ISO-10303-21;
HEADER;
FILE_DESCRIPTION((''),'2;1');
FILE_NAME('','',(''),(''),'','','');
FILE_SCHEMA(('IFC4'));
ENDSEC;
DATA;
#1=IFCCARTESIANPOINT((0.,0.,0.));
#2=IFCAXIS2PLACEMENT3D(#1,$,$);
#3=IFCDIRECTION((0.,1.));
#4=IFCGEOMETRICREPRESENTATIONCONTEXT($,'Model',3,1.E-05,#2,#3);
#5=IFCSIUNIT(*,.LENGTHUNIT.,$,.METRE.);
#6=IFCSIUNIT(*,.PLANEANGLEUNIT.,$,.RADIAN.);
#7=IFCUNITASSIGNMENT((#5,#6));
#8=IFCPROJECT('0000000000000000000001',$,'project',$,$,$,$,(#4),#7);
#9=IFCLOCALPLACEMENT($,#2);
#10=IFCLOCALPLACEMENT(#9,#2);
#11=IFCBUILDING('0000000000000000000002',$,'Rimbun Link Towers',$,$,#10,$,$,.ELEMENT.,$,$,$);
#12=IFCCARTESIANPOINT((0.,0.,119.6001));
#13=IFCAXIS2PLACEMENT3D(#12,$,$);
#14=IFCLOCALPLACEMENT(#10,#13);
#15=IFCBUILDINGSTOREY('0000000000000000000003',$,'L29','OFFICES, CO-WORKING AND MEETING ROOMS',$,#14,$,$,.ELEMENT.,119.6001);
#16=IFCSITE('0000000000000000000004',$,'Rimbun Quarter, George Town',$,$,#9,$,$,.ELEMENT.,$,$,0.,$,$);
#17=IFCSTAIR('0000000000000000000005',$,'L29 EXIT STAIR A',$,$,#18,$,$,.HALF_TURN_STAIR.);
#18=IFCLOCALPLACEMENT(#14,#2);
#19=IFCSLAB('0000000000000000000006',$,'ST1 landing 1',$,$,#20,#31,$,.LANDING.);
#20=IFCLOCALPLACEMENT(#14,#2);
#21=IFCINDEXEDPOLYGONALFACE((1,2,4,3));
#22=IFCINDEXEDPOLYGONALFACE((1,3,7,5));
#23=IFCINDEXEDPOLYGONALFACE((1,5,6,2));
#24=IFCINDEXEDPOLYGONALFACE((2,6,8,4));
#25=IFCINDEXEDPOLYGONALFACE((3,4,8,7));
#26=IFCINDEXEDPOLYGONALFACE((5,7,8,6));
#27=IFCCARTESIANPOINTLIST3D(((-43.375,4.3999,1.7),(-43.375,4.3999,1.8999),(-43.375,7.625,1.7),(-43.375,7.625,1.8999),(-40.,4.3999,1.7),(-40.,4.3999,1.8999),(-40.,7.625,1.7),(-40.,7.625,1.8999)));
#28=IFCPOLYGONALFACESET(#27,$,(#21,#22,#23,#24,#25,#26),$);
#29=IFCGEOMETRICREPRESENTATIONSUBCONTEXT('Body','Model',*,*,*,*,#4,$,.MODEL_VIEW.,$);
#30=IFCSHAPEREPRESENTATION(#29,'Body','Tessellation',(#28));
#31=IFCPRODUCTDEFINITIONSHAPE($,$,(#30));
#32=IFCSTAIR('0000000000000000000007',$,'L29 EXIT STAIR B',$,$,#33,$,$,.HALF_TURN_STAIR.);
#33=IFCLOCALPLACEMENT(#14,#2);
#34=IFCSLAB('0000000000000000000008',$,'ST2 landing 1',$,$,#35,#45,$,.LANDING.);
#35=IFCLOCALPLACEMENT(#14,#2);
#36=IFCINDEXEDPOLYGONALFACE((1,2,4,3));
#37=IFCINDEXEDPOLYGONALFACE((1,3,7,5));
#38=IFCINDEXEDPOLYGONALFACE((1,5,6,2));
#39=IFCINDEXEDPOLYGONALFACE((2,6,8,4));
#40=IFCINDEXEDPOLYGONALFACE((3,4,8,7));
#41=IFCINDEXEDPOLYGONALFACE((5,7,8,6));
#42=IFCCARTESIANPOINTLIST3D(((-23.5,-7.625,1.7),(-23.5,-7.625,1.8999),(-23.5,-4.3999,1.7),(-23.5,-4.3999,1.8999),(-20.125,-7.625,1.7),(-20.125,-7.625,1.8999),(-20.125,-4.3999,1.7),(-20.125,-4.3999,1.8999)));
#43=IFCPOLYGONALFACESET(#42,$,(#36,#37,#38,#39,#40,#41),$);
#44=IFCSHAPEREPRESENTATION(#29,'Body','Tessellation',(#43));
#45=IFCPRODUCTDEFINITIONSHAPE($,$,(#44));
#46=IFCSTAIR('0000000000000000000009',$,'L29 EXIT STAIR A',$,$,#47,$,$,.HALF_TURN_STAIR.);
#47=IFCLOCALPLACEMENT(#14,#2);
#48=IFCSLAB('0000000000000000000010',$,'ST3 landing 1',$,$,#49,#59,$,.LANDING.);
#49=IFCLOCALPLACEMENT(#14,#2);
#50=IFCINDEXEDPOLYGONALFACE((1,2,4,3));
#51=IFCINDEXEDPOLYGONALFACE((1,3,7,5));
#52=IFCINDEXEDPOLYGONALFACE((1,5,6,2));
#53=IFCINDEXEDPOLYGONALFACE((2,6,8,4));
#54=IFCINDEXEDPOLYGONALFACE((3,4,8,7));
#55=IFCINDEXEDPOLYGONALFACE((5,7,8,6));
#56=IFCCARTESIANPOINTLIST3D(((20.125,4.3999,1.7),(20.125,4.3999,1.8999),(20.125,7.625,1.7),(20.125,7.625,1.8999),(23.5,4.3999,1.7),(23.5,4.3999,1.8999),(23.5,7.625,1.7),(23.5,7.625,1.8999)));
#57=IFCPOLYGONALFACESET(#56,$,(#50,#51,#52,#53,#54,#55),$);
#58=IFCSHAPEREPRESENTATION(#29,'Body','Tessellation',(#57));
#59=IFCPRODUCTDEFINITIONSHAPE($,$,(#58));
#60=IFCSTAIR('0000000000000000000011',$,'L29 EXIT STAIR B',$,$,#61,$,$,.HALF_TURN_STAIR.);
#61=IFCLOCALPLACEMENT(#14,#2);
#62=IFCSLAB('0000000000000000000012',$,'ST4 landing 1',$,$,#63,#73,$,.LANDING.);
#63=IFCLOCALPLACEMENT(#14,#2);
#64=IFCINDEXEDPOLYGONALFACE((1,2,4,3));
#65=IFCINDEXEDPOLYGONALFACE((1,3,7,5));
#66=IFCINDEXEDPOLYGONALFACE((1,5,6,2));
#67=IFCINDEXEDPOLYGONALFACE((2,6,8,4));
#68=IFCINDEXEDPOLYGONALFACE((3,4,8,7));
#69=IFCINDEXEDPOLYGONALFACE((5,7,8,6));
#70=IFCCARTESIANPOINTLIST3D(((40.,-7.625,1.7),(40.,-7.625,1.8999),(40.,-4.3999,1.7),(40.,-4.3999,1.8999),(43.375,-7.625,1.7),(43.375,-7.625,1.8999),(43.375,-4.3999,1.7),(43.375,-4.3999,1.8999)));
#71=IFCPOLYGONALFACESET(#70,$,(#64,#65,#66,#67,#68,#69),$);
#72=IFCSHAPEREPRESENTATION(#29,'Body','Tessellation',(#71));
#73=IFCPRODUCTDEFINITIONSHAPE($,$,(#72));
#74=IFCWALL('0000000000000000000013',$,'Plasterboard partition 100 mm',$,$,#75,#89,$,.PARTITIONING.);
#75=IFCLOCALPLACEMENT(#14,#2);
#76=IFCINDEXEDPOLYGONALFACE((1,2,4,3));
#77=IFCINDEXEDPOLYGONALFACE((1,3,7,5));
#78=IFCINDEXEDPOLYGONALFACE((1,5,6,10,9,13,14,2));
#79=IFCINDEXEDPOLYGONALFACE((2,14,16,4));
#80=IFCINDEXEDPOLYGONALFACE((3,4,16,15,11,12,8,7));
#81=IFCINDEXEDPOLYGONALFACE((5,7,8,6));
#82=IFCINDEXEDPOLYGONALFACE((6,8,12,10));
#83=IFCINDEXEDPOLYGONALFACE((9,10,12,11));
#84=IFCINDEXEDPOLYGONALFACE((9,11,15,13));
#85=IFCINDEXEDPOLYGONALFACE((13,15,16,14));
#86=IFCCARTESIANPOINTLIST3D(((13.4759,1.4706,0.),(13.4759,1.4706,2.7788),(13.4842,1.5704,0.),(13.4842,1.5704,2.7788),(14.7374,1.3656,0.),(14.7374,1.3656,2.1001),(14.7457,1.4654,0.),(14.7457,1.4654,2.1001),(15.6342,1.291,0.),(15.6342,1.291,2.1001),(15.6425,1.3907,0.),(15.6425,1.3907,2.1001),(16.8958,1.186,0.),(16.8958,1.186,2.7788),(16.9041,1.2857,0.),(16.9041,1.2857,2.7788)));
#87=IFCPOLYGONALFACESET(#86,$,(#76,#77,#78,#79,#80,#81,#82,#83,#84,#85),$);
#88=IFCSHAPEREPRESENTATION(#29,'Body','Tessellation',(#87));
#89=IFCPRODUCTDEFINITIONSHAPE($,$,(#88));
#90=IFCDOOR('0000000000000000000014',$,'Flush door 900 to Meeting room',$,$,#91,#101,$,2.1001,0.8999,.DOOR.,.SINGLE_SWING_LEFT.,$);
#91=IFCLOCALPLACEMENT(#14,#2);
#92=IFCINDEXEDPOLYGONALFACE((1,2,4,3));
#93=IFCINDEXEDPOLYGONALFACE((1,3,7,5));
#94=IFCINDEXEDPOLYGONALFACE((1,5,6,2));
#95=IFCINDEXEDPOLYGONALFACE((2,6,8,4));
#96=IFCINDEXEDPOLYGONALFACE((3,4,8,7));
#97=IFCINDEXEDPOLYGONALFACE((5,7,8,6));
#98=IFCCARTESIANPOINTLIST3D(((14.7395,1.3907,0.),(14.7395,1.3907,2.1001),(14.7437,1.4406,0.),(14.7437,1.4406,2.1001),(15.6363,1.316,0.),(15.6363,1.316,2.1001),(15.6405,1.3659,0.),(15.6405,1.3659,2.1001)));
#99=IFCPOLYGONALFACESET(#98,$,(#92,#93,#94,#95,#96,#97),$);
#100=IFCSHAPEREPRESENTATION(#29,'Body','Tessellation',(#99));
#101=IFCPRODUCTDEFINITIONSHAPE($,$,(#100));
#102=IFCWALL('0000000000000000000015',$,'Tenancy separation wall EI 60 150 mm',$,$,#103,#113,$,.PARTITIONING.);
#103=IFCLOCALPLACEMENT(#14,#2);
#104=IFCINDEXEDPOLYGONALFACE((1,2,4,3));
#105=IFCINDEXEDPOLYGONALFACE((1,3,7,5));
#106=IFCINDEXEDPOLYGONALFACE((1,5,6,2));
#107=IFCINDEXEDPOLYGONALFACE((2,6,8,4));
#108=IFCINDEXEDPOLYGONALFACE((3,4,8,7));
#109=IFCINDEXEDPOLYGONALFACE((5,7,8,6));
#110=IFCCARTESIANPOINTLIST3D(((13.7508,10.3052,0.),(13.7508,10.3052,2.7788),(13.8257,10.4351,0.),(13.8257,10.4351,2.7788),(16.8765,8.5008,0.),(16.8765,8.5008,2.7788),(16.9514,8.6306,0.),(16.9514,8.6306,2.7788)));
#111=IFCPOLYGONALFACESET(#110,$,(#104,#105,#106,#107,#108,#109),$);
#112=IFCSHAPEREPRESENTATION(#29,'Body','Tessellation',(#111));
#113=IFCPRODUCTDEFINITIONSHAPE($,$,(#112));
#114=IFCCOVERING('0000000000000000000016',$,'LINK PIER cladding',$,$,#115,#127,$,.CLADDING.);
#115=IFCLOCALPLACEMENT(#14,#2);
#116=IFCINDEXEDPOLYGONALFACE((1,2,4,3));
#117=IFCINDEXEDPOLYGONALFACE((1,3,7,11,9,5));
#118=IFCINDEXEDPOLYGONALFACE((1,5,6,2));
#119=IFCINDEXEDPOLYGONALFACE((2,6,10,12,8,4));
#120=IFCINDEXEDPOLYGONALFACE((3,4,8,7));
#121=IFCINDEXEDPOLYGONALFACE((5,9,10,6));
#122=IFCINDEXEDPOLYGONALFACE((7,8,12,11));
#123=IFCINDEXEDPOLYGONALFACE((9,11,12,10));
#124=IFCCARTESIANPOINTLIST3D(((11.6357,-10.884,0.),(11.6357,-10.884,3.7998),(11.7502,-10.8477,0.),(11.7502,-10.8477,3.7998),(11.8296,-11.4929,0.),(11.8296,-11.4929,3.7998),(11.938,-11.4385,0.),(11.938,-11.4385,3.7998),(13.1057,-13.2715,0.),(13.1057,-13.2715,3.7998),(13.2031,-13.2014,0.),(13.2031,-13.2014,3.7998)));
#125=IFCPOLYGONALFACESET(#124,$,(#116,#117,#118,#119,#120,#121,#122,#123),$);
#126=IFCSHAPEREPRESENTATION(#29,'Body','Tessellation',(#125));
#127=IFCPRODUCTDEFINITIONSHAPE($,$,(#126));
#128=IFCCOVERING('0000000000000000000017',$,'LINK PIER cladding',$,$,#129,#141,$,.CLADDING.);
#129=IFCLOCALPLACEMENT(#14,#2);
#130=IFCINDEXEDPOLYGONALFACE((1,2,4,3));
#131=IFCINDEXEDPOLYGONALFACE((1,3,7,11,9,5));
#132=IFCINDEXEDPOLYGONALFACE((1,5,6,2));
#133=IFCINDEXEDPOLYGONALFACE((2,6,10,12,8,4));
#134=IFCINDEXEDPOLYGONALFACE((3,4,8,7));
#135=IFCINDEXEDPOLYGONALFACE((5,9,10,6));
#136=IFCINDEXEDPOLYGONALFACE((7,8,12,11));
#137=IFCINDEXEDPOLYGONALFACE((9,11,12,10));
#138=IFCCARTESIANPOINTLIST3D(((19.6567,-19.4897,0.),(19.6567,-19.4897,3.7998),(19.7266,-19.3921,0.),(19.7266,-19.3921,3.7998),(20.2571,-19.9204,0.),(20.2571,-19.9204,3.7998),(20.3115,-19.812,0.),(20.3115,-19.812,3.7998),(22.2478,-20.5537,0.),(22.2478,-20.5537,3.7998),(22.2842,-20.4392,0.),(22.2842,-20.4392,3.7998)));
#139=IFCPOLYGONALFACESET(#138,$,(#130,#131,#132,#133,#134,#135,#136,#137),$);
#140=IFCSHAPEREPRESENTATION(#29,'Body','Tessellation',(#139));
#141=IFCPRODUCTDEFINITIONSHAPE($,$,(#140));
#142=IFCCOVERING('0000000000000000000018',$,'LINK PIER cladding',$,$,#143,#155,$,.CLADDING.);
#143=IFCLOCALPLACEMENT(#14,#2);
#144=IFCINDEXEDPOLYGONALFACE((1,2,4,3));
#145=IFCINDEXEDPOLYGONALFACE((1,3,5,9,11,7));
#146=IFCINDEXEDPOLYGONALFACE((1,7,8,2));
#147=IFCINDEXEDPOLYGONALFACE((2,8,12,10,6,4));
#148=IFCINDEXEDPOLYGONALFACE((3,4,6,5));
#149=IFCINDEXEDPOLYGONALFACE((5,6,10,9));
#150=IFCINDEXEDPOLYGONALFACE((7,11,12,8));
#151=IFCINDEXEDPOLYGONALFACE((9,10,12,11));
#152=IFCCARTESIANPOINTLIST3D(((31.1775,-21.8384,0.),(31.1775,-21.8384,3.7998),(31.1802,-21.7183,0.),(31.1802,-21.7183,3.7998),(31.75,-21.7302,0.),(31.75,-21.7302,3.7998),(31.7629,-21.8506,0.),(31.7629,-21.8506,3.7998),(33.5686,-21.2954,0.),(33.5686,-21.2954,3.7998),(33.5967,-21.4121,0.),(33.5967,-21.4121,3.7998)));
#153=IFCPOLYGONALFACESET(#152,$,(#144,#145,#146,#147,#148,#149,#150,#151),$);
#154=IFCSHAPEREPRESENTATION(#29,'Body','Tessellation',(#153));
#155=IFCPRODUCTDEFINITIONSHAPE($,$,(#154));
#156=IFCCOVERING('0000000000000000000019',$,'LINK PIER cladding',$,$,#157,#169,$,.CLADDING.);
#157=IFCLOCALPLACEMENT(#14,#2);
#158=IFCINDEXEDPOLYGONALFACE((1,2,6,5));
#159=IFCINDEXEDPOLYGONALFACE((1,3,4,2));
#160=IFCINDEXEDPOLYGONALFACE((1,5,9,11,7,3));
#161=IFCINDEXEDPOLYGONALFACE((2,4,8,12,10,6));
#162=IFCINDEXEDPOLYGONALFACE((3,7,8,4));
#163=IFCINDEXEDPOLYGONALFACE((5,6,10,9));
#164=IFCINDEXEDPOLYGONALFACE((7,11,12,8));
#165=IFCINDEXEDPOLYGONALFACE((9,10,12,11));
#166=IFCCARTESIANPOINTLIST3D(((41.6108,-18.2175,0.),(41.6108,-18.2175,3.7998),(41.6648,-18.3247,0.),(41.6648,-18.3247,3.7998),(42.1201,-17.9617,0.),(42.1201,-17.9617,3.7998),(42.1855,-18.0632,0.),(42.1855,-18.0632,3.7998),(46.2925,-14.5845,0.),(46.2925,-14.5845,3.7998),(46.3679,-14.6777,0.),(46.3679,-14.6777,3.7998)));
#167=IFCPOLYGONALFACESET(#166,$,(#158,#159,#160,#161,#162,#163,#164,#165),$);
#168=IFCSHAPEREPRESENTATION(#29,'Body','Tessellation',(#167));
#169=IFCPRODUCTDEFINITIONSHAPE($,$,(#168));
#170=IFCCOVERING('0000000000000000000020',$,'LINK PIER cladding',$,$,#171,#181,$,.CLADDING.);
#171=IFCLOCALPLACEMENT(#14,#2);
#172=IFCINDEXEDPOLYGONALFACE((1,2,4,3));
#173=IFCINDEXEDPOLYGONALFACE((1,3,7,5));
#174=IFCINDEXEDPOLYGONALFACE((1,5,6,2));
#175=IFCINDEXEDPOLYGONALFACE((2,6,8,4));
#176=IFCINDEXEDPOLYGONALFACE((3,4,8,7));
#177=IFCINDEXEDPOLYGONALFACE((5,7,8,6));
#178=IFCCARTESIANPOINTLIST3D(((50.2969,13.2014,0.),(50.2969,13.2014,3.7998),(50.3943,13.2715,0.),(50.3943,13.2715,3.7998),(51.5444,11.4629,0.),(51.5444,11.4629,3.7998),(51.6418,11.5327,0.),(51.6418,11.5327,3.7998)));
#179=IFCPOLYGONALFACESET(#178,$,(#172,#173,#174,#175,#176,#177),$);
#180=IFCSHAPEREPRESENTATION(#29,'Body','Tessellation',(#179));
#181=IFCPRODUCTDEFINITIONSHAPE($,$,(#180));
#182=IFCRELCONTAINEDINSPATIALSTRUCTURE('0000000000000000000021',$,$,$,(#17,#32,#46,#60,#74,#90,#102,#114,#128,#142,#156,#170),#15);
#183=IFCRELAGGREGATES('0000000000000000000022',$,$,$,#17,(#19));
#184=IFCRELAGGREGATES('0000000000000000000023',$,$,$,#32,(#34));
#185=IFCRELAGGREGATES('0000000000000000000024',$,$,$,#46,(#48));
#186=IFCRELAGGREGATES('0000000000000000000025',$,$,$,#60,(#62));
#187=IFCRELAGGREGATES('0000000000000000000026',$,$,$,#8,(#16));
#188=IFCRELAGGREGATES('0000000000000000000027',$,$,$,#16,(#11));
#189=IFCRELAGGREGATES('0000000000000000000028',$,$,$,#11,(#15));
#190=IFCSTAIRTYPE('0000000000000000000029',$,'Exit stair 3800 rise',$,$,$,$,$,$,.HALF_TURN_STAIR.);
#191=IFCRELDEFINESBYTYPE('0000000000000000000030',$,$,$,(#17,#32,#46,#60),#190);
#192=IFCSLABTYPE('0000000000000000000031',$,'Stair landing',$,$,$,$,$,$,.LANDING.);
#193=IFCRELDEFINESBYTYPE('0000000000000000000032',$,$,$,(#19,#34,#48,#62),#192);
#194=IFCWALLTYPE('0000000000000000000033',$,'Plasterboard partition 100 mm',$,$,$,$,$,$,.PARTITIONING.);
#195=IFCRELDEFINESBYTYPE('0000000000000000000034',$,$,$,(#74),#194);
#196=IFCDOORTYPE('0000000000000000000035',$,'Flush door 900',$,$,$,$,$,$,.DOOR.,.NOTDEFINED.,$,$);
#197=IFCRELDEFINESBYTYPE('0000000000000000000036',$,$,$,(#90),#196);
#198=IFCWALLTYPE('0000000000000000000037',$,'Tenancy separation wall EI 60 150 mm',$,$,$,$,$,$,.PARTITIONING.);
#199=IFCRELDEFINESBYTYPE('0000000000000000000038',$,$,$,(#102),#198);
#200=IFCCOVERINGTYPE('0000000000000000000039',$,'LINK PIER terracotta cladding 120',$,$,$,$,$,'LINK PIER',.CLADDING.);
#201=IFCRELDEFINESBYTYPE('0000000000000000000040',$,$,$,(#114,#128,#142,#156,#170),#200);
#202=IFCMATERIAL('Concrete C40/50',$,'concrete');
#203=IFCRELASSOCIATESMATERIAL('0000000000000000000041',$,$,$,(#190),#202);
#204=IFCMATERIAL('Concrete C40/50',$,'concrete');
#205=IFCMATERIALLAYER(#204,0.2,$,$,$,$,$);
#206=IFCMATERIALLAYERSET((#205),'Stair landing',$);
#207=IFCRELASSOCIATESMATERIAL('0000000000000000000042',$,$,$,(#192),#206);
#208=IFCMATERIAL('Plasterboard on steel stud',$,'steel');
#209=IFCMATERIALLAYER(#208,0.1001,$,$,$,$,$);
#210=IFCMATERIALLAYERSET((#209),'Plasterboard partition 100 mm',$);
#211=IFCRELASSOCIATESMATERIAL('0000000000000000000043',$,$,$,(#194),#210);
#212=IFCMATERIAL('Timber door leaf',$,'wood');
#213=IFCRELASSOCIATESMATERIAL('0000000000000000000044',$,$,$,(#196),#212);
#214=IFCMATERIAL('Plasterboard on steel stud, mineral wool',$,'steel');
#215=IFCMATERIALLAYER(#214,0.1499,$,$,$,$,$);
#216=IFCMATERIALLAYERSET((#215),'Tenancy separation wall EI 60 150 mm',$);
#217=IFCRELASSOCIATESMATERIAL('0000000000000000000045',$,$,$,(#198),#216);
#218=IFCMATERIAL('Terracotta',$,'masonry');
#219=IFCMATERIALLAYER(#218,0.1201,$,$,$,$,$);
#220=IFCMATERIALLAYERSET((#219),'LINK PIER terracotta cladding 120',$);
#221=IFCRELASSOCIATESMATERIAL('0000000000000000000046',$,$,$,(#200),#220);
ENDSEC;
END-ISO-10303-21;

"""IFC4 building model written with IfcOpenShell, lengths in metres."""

from ifc_helpers import new_model, si_unit, direction, frame, frame_2d, origin, place, context, subcontext, project, spatial, polyline, rectangle, outline, extrude, material, layer, layer_set, type_object, element, fill, aggregate, save


model = new_model("IFC4")

# Units and contexts
model_context = context("Model", 3, precision=1e-05, world=origin(), true_north=direction((0.0, 1.0)))
body_context = subcontext(model_context, "Body", "Model", "MODEL_VIEW")
ifc_project = project(units=[si_unit("LENGTHUNIT", "METRE"), si_unit("PLANEANGLEUNIT", "RADIAN")], contexts=[model_context])

# Site, building, storey
site_placement = place(None, origin())
site = spatial("IfcSite", under=ifc_project, at=site_placement, Name="Rimbun Quarter, George Town", CompositionType="ELEMENT", RefElevation=0.0)
building_placement = place(site_placement, origin())
building = spatial("IfcBuilding", under=site, at=building_placement, Name="Rimbun Link Towers", CompositionType="ELEMENT")
storey_placement = place(building_placement, frame((0.0, 0.0, 119.6001)))
storey = spatial("IfcBuildingStorey", under=building, at=storey_placement, Name="L29", Description="OFFICES, CO-WORKING AND MEETING ROOMS", CompositionType="ELEMENT", Elevation=119.6001)

# Stairs, slabs
ifc_material_1 = material(Name="Concrete C40/50", Category="concrete")
stair_type = type_object("IfcStairType", Name="Exit stair 3800 rise", PredefinedType="HALF_TURN_STAIR", material=ifc_material_1)
stair_1_placement = place(storey_placement, origin())
stair_1 = element("IfcStair", 1, at=stair_1_placement, inside=storey, type_object=stair_type, Name="L29 EXIT STAIR A", PredefinedType="HALF_TURN_STAIR")
ifc_material_2 = material(Name="Concrete C40/50", Category="concrete")
ifc_layer_1 = layer(ifc_material_2, 0.2)
ifc_layer_set_1 = layer_set([ifc_layer_1], Name="Stair landing")
slab_type = type_object("IfcSlabType", Name="Stair landing", PredefinedType="LANDING", material=ifc_layer_set_1)
slab_1_placement = place(storey_placement, frame((0.0, 0.0, 1.7)))
slab_1 = element("IfcSlab", 2, at=slab_1_placement, type_object=slab_type, Name="ST1 landing 1", PredefinedType="LANDING", context=body_context, shape_type="SweptSolid", body=[
    extrude(outline(polyline([(-40.0, 7.625), (-43.375, 7.625), (-43.375, 4.3999), (-40.0, 4.3999), (-40.0, 7.625)])), origin(), (0.0, 0.0, 1.0), 0.2),
])
aggregate(stair_1, [slab_1])
stair_2_placement = place(storey_placement, origin())
stair_2 = element("IfcStair", 3, at=stair_2_placement, inside=storey, type_object=stair_type, Name="L29 EXIT STAIR B", PredefinedType="HALF_TURN_STAIR")
slab_2_placement = place(storey_placement, frame((0.0, 0.0, 1.7)))
slab_2 = element("IfcSlab", 4, at=slab_2_placement, type_object=slab_type, Name="ST2 landing 1", PredefinedType="LANDING", context=body_context, shape_type="SweptSolid", body=[
    extrude(outline(polyline([(-23.5, -7.625), (-20.125, -7.625), (-20.125, -4.3999), (-23.5, -4.3999), (-23.5, -7.625)])), origin(), (0.0, 0.0, 1.0), 0.2),
])
aggregate(stair_2, [slab_2])
stair_3_placement = place(storey_placement, origin())
stair_3 = element("IfcStair", 5, at=stair_3_placement, inside=storey, type_object=stair_type, Name="L29 EXIT STAIR A", PredefinedType="HALF_TURN_STAIR")
slab_3_placement = place(storey_placement, frame((0.0, 0.0, 1.7)))
slab_3 = element("IfcSlab", 6, at=slab_3_placement, type_object=slab_type, Name="ST3 landing 1", PredefinedType="LANDING", context=body_context, shape_type="SweptSolid", body=[
    extrude(outline(polyline([(23.5, 7.625), (20.125, 7.625), (20.125, 4.3999), (23.5, 4.3999), (23.5, 7.625)])), origin(), (0.0, 0.0, 1.0), 0.2),
])
aggregate(stair_3, [slab_3])
stair_4_placement = place(storey_placement, origin())
stair_4 = element("IfcStair", 7, at=stair_4_placement, inside=storey, type_object=stair_type, Name="L29 EXIT STAIR B", PredefinedType="HALF_TURN_STAIR")
slab_4_placement = place(storey_placement, frame((0.0, 0.0, 1.7)))
slab_4 = element("IfcSlab", 8, at=slab_4_placement, type_object=slab_type, Name="ST4 landing 1", PredefinedType="LANDING", context=body_context, shape_type="SweptSolid", body=[
    extrude(outline(polyline([(40.0, -7.625), (43.375, -7.625), (43.375, -4.3999), (40.0, -4.3999), (40.0, -7.625)])), origin(), (0.0, 0.0, 1.0), 0.2),
])
aggregate(stair_4, [slab_4])

# Wall, opening, door
ifc_material_3 = material(Name="Plasterboard on steel stud", Category="steel")
ifc_layer_2 = layer(ifc_material_3, 0.1001)
ifc_layer_set_2 = layer_set([ifc_layer_2], Name="Plasterboard partition 100 mm")
wall_type_1 = type_object("IfcWallType", Name="Plasterboard partition 100 mm", PredefinedType="PARTITIONING", material=ifc_layer_set_2)
wall_1_placement = place(storey_placement, frame((16.8999, 1.2358, 0.0), z_axis=(0.0, 0.0, 1.0), x_axis=(-0.996554, 0.082951, 0.0)))
wall_1 = element("IfcWall", 9, at=wall_1_placement, inside=storey, type_object=wall_type_1, Name="Plasterboard partition 100 mm", PredefinedType="PARTITIONING", context=body_context, shape_type="SweptSolid", body=[
    extrude(rectangle(XDim=3.4316, YDim=0.1001, at=frame_2d((1.7158, 0.0))), origin(), (0.0, 0.0, 1.0), 2.7788),
])
opening_placement = place(wall_1_placement, frame((1.2659, 0.0, 0.0)))
opening = element("IfcOpeningElement", 10, at=opening_placement, cuts=wall_1, PredefinedType="OPENING", context=body_context, shape_type="SweptSolid", body=[
    extrude(rectangle(XDim=0.8999, YDim=2.1001, at=frame_2d((0.45, 1.05))), frame((0.0, 0.0601, 0.0), z_axis=(0.0, -1.0, 0.0), x_axis=(1.0, 0.0, 0.0)), (0.0, 0.0, 1.0), 0.1201),
])
ifc_material_4 = material(Name="Timber door leaf", Category="wood")
door_type = type_object("IfcDoorType", Name="Flush door 900", OperationType="NOTDEFINED", PredefinedType="DOOR", material=ifc_material_4)
door_placement = place(opening_placement, origin())
door = element("IfcDoor", 11, at=door_placement, inside=storey, type_object=door_type, Name="Flush door 900 to Meeting room", OperationType="SINGLE_SWING_LEFT", OverallHeight=2.1001, OverallWidth=0.8999, PredefinedType="DOOR", context=body_context, shape_type="SweptSolid", body=[
    extrude(rectangle(XDim=0.8999, YDim=2.1001, at=frame_2d((0.45, 1.05))), frame((0.0, 0.0249, 0.0), z_axis=(0.0, -1.0, 0.0), x_axis=(1.0, 0.0, 0.0)), (0.0, 0.0, 1.0), 0.05),
])
fill(opening, door)

# Wall
ifc_material_5 = material(Name="Plasterboard on steel stud, mineral wool", Category="steel")
ifc_layer_3 = layer(ifc_material_5, 0.1499)
ifc_layer_set_3 = layer_set([ifc_layer_3], Name="Tenancy separation wall EI 60 150 mm")
wall_type_2 = type_object("IfcWallType", Name="Tenancy separation wall EI 60 150 mm", PredefinedType="PARTITIONING", material=ifc_layer_set_3)
wall_2_placement = place(storey_placement, frame((16.9141, 8.5657, 0.0), z_axis=(0.0, 0.0, 1.0), x_axis=(-0.866049, 0.499959, 0.0)))
element("IfcWall", 12, at=wall_2_placement, inside=storey, type_object=wall_type_2, Name="Tenancy separation wall EI 60 150 mm", PredefinedType="PARTITIONING", context=body_context, shape_type="SweptSolid", body=[
    extrude(rectangle(XDim=3.6091, YDim=0.1499, at=frame_2d((1.8047, 0.0))), origin(), (0.0, 0.0, 1.0), 2.7788),
])

# Coverings
ifc_material_6 = material(Name="Terracotta", Category="masonry")
ifc_layer_4 = layer(ifc_material_6, 0.1201)
ifc_layer_set_4 = layer_set([ifc_layer_4], Name="LINK PIER terracotta cladding 120")
covering_type_1 = type_object("IfcCoveringType", Name="LINK PIER terracotta cladding 120", ElementType="LINK PIER", PredefinedType="CLADDING", material=ifc_layer_set_4)
covering_1_placement = place(storey_placement, origin())
element("IfcCovering", 13, at=covering_1_placement, inside=storey, type_object=covering_type_1, Name="LINK PIER cladding", PredefinedType="CLADDING", context=body_context, shape_type="SweptSolid", body=[
    extrude(outline(polyline([(13.2031, -13.2014), (11.938, -11.4385), (11.7502, -10.8477), (11.6357, -10.884), (11.8296, -11.4929), (13.1057, -13.2715), (13.2031, -13.2014)])), origin(), (0.0, 0.0, 1.0), 3.7998),
])
covering_2_placement = place(storey_placement, origin())
element("IfcCovering", 14, at=covering_2_placement, inside=storey, type_object=covering_type_1, Name="LINK PIER cladding", PredefinedType="CLADDING", context=body_context, shape_type="SweptSolid", body=[
    extrude(outline(polyline([(22.2842, -20.4392), (20.3115, -19.812), (19.7266, -19.3921), (19.6567, -19.4897), (20.2571, -19.9204), (22.2478, -20.5537), (22.2842, -20.4392)])), origin(), (0.0, 0.0, 1.0), 3.7998),
])
covering_3_placement = place(storey_placement, origin())
element("IfcCovering", 15, at=covering_3_placement, inside=storey, type_object=covering_type_1, Name="LINK PIER cladding", PredefinedType="CLADDING", context=body_context, shape_type="SweptSolid", body=[
    extrude(outline(polyline([(33.5686, -21.2954), (31.75, -21.7302), (31.1802, -21.7183), (31.1775, -21.8384), (31.7629, -21.8506), (33.5967, -21.4121), (33.5686, -21.2954)])), origin(), (0.0, 0.0, 1.0), 3.7998),
])
covering_4_placement = place(storey_placement, origin())
element("IfcCovering", 16, at=covering_4_placement, inside=storey, type_object=covering_type_1, Name="LINK PIER cladding", PredefinedType="CLADDING", context=body_context, shape_type="SweptSolid", body=[
    extrude(outline(polyline([(46.2925, -14.5845), (42.1201, -17.9617), (41.6108, -18.2175), (41.6648, -18.3247), (42.1855, -18.0632), (46.3679, -14.6777), (46.2925, -14.5845)])), origin(), (0.0, 0.0, 1.0), 3.7998),
])
covering_5_placement = place(storey_placement, origin())
element("IfcCovering", 17, at=covering_5_placement, inside=storey, type_object=covering_type_1, Name="LINK PIER cladding", PredefinedType="CLADDING", context=body_context, shape_type="SweptSolid", body=[
    extrude(outline(polyline([(50.2969, 13.2014), (51.5444, 11.4629), (51.6418, 11.5327), (50.3943, 13.2715), (50.2969, 13.2014)])), origin(), (0.0, 0.0, 1.0), 3.7998),
])

save(model, "model.ifc")
